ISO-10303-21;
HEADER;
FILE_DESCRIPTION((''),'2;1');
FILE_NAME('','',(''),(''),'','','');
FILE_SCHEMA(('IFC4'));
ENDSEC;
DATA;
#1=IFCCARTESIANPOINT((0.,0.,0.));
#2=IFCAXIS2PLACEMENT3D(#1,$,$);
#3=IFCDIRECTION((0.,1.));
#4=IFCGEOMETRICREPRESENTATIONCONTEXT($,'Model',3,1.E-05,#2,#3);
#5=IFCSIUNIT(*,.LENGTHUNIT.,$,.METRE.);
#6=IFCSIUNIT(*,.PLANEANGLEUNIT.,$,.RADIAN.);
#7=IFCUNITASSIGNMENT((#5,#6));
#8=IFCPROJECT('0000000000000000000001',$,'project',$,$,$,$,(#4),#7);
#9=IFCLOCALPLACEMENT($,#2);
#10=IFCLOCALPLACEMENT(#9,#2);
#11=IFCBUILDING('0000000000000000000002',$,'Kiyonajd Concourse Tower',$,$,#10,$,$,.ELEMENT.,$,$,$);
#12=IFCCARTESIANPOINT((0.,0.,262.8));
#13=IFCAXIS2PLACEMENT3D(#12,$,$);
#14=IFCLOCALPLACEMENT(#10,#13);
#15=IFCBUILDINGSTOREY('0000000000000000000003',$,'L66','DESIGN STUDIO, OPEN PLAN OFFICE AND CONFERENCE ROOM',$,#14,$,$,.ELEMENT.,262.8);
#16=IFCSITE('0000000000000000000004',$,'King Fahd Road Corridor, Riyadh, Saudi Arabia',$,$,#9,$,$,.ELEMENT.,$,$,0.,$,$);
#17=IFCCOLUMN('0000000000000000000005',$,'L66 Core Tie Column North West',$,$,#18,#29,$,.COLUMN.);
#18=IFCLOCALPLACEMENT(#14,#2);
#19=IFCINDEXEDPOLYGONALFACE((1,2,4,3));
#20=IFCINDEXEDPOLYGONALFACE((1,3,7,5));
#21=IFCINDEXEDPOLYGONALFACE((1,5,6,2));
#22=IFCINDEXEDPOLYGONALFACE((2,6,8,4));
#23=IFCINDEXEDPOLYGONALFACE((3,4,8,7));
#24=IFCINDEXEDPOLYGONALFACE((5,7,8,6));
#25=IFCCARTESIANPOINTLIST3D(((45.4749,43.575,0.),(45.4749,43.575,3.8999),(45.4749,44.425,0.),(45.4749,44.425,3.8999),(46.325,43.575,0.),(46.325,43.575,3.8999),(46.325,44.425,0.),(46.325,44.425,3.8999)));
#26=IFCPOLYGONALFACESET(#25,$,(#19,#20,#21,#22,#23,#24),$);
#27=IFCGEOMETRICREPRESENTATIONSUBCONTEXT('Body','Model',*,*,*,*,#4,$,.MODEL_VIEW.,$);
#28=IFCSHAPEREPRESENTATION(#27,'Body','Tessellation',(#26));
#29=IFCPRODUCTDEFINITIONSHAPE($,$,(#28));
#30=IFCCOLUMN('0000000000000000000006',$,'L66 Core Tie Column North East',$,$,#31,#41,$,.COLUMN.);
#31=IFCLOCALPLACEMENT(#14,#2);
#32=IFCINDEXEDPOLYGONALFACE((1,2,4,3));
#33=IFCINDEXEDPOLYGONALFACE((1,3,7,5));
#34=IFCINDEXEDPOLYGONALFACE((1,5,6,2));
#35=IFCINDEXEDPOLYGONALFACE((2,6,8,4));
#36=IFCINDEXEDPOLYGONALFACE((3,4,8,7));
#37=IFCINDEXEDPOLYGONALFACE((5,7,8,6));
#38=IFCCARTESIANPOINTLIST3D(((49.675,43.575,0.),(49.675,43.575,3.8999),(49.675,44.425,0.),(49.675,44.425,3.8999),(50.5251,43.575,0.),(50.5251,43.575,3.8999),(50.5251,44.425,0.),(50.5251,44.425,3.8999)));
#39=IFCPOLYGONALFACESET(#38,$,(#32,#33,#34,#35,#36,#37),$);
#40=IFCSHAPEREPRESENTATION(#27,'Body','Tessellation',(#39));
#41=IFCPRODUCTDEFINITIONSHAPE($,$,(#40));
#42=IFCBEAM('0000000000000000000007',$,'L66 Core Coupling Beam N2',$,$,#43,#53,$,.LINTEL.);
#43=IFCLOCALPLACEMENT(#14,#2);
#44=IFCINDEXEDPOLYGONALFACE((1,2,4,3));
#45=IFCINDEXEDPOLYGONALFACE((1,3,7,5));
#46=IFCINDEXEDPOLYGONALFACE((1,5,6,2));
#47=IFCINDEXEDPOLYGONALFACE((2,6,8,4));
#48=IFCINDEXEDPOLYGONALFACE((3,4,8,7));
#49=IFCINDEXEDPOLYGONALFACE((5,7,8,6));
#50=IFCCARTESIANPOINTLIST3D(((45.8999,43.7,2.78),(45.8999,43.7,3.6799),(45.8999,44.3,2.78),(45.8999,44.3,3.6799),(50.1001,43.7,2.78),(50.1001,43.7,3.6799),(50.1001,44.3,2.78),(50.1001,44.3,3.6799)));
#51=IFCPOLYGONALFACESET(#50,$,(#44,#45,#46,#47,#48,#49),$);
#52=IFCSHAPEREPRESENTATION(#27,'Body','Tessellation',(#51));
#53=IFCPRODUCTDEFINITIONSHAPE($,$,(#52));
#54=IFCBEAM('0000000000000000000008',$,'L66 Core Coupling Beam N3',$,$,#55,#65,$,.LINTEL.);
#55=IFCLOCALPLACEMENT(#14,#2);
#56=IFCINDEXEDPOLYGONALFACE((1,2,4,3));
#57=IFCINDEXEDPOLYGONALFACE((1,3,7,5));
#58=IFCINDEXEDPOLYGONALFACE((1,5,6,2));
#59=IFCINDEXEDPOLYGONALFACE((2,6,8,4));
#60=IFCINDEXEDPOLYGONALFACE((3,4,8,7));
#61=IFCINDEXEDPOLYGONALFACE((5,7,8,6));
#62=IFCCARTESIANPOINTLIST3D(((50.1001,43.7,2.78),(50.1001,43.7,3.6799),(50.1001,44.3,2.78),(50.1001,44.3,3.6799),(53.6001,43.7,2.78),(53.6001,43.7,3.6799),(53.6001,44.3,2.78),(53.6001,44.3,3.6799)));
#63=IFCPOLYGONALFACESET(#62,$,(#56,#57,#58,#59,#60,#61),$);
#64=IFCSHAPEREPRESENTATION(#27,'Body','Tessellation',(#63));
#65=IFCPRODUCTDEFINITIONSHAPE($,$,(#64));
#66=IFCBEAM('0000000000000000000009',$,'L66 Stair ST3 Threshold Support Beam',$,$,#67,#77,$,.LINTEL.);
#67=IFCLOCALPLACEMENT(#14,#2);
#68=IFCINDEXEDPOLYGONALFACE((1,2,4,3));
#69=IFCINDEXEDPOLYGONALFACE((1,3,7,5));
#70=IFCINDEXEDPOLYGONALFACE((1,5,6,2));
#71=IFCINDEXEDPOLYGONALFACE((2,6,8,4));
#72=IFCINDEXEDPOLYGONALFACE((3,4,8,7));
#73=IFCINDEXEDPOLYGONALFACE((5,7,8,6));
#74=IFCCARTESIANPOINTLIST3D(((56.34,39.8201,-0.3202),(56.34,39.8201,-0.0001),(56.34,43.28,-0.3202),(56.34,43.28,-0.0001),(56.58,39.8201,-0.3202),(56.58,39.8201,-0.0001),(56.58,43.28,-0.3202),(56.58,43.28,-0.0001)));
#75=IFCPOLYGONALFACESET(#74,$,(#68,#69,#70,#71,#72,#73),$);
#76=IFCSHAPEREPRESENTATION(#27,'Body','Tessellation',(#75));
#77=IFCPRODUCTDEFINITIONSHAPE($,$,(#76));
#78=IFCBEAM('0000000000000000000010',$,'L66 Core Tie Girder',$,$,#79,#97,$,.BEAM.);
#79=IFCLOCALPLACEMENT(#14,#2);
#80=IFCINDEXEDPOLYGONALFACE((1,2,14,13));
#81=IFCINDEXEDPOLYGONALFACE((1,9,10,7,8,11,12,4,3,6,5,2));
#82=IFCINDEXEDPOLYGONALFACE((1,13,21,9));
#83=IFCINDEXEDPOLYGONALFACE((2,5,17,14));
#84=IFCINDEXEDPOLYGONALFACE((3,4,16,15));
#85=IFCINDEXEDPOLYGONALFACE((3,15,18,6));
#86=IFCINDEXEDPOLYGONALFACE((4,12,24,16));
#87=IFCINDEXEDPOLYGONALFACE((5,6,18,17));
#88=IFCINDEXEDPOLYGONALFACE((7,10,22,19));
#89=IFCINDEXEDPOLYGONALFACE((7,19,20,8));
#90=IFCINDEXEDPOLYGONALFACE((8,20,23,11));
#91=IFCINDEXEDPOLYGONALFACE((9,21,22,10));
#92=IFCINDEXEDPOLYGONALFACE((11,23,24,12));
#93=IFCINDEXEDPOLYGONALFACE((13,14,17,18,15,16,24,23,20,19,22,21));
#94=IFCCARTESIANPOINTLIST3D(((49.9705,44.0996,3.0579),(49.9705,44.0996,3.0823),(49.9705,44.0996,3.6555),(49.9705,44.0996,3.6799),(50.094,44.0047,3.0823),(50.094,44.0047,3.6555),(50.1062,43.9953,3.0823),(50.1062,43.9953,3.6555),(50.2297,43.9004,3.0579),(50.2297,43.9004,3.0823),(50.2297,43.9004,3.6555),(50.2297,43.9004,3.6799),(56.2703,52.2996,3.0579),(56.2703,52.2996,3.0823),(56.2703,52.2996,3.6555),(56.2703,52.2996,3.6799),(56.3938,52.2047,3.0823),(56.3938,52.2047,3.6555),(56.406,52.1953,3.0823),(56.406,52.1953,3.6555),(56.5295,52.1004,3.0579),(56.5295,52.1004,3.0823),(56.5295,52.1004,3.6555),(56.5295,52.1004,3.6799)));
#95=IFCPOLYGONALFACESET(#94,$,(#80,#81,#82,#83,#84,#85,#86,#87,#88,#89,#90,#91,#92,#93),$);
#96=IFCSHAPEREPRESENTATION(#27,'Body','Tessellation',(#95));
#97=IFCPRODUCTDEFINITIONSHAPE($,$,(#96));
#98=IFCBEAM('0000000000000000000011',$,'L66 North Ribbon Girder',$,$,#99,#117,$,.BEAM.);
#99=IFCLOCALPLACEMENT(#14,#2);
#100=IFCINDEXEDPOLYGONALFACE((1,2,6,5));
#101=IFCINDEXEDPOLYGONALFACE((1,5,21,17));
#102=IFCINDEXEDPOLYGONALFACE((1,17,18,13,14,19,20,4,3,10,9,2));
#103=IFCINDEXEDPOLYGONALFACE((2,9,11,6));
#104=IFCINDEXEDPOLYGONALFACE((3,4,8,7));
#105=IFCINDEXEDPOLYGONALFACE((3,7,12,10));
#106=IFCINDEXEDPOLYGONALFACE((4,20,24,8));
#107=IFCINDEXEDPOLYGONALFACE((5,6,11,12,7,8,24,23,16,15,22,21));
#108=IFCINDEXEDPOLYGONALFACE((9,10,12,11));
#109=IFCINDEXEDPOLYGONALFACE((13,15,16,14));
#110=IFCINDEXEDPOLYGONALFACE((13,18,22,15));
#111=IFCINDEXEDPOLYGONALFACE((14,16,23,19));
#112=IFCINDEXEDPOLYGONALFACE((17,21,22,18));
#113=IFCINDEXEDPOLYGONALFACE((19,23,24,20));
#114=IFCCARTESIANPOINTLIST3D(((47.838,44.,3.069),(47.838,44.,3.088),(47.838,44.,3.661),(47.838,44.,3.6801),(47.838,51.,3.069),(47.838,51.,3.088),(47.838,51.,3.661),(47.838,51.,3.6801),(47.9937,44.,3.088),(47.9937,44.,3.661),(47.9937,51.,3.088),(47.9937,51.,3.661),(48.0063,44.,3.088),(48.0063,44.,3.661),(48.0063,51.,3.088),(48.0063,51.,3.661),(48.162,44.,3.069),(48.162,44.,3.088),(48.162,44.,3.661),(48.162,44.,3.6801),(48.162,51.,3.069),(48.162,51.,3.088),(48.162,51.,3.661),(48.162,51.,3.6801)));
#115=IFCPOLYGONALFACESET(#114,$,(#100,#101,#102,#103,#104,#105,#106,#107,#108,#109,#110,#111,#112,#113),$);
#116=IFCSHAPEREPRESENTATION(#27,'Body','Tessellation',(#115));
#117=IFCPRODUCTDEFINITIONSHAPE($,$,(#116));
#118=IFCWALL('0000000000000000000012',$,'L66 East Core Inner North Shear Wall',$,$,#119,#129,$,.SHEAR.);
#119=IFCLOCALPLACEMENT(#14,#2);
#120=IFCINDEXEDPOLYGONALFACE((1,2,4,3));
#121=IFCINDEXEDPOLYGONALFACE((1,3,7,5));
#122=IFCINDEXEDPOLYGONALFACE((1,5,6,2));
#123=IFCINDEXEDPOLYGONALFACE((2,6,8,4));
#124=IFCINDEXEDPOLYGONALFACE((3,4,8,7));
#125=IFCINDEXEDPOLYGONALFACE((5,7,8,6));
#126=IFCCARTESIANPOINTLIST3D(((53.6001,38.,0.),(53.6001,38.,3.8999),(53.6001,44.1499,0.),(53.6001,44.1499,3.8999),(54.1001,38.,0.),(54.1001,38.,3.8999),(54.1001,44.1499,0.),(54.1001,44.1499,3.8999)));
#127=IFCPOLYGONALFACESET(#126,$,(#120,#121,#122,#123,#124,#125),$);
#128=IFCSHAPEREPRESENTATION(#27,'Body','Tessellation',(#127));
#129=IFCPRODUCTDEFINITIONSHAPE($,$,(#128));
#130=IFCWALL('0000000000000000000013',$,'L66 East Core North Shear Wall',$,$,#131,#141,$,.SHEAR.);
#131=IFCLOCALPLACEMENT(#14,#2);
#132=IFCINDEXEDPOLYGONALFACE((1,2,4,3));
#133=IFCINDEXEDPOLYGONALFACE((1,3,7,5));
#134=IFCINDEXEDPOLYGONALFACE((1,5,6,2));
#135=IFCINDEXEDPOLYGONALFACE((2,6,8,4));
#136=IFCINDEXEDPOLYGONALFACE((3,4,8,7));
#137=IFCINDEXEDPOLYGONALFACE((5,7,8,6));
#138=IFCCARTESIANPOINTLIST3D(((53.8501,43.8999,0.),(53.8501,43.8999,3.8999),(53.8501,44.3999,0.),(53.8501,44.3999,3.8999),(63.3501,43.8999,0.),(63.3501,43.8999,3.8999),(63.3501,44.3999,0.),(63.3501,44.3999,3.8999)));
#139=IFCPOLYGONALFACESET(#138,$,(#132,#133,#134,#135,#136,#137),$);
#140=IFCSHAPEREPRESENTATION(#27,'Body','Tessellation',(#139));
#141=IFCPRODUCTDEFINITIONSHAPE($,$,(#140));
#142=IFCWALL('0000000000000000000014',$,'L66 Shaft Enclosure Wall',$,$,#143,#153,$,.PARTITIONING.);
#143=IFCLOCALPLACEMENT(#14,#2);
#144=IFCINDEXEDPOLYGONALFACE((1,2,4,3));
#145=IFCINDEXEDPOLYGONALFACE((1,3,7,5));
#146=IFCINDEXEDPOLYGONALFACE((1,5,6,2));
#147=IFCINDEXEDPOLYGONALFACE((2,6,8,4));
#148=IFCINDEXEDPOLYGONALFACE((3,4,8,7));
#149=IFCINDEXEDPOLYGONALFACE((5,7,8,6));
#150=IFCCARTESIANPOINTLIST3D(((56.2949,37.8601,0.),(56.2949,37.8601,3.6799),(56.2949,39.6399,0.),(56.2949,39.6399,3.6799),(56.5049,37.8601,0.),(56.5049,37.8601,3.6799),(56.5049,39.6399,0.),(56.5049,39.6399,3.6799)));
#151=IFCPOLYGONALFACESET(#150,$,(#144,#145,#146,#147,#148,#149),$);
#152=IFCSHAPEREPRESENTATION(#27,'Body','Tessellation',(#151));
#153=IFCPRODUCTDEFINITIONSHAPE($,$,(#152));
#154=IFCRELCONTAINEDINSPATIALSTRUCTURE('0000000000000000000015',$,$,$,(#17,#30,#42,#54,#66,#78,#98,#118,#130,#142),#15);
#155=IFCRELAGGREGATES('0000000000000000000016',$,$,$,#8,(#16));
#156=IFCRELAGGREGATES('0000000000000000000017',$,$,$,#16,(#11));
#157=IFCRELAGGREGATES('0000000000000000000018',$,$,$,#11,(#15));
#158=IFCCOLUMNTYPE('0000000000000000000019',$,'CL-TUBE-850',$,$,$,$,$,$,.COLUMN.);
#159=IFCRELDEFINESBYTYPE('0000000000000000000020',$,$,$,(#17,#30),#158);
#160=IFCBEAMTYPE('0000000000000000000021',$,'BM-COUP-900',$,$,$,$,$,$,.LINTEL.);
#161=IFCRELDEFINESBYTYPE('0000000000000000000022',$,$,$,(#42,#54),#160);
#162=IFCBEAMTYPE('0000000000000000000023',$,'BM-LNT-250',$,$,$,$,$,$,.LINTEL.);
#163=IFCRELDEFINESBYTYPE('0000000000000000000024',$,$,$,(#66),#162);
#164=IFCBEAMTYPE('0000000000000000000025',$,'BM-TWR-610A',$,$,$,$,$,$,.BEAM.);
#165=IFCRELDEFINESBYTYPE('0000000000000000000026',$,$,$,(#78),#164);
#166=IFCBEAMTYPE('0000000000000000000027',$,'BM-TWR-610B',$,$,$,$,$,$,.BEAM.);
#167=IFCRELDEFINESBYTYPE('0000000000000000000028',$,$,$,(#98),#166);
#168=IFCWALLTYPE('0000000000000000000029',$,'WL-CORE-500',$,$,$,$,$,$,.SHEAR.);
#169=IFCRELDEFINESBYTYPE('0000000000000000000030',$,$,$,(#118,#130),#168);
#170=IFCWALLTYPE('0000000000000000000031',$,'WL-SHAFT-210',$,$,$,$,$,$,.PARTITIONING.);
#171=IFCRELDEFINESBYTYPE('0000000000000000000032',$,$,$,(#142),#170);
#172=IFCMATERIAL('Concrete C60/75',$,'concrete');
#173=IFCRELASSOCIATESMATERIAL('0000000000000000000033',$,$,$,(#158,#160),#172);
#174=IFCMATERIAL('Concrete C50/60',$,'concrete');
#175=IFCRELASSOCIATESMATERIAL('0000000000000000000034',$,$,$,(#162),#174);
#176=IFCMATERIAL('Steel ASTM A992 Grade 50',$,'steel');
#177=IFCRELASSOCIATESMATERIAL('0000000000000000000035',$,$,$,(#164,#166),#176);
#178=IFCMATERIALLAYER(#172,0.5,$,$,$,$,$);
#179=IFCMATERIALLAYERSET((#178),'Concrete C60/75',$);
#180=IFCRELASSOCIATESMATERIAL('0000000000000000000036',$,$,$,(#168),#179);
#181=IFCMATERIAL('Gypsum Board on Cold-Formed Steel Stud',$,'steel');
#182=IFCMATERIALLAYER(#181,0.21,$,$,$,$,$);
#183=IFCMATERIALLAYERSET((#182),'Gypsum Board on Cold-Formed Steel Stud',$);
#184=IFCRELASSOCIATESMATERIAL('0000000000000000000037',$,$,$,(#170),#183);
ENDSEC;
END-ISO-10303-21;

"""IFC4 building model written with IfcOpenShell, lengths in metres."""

from ifc_helpers import new_model, si_unit, direction, frame, frame_2d, origin, origin_2d, place, context, subcontext, project, spatial, rectangle, i_section, extrude, material, layer, layer_set, material_profile, profile_set, type_object, element, save


model = new_model("IFC4")

# Units and contexts
model_context = context("Model", 3, precision=1e-05, world=origin(), true_north=direction((0.0, 1.0)))
body_context = subcontext(model_context, "Body", "Model", "MODEL_VIEW")
ifc_project = project(units=[si_unit("LENGTHUNIT", "METRE"), si_unit("PLANEANGLEUNIT", "RADIAN")], contexts=[model_context])

# Site, building, storey
site_placement = place(None, origin())
site = spatial("IfcSite", under=ifc_project, at=site_placement, Name="King Fahd Road Corridor, Riyadh, Saudi Arabia", CompositionType="ELEMENT", RefElevation=0.0)
building_placement = place(site_placement, origin())
building = spatial("IfcBuilding", under=site, at=building_placement, Name="Kiyonajd Concourse Tower", CompositionType="ELEMENT")
storey_placement = place(building_placement, frame((0.0, 0.0, 262.8)))
storey = spatial("IfcBuildingStorey", under=building, at=storey_placement, Name="L66", Description="DESIGN STUDIO, OPEN PLAN OFFICE AND CONFERENCE ROOM", CompositionType="ELEMENT", Elevation=262.8)

# Columns
ifc_material_1 = material(Name="Concrete C60/75", Category="concrete")
ifc_material_profile_1 = material_profile(ifc_material_1, rectangle(XDim=0.8501, YDim=0.8501, at=origin_2d()), Name="RC-850x850")
ifc_profile_set_1 = profile_set([ifc_material_profile_1], Name="Concrete C60/75")
column_type = type_object("IfcColumnType", Name="CL-TUBE-850", PredefinedType="COLUMN", material=ifc_profile_set_1)
for number, where, z_axis, x_axis, name in (
    (1, (45.8999, 44.0, 0.0), (0.0, 0.0, 1.0), (1.0, 0.0, 0.0), "L66 Core Tie Column North West"),
    (2, (50.1001, 44.0, 0.0), (0.0, 0.0, 1.0), (1.0, 0.0, 0.0), "L66 Core Tie Column North East"),
):
    element("IfcColumn", number, at=place(storey_placement, frame(where, z_axis=z_axis, x_axis=x_axis)), inside=storey, type_object=column_type, Name=name, PredefinedType="COLUMN", context=body_context, shape_type="SweptSolid", body=[
        extrude(rectangle(XDim=0.8501, YDim=0.8501, at=origin_2d()), origin(), (0.0, 0.0, 1.0), 3.8999),
    ])

# Beams
ifc_material_profile_2 = material_profile(ifc_material_1, rectangle(XDim=0.6001, YDim=0.8999, at=origin_2d()), Name="RCBM-600x900")
ifc_profile_set_2 = profile_set([ifc_material_profile_2], Name="Concrete C60/75")
beam_type_1 = type_object("IfcBeamType", Name="BM-COUP-900", PredefinedType="LINTEL", material=ifc_profile_set_2)
beam_1_placement = place(storey_placement, frame((45.8999, 44.0, 3.23), z_axis=(1.0, 0.0, 0.0), x_axis=(0.0, 1.0, 0.0)))
element("IfcBeam", 3, at=beam_1_placement, inside=storey, type_object=beam_type_1, Name="L66 Core Coupling Beam N2", PredefinedType="LINTEL", context=body_context, shape_type="SweptSolid", body=[
    extrude(rectangle(XDim=0.6001, YDim=0.8999, at=origin_2d()), origin(), (0.0, 0.0, 1.0), 4.2002),
])
beam_2_placement = place(storey_placement, frame((50.1001, 44.0, 3.23), z_axis=(1.0, 0.0, 0.0), x_axis=(0.0, 1.0, 0.0)))
element("IfcBeam", 4, at=beam_2_placement, inside=storey, type_object=beam_type_1, Name="L66 Core Coupling Beam N3", PredefinedType="LINTEL", context=body_context, shape_type="SweptSolid", body=[
    extrude(rectangle(XDim=0.6001, YDim=0.8999, at=origin_2d()), origin(), (0.0, 0.0, 1.0), 3.5),
])
ifc_material_2 = material(Name="Concrete C50/60", Category="concrete")
ifc_material_profile_3 = material_profile(ifc_material_2, rectangle(XDim=0.24, YDim=0.3201, at=origin_2d()), Name="RCBM-240x320")
ifc_profile_set_3 = profile_set([ifc_material_profile_3], Name="Concrete C50/60")
beam_type_2 = type_object("IfcBeamType", Name="BM-LNT-250", PredefinedType="LINTEL", material=ifc_profile_set_3)
beam_3_placement = place(storey_placement, frame((56.46, 39.8201, -0.1602), z_axis=(0.0, 1.0, 0.0), x_axis=(-1.0, 0.0, 0.0)))
element("IfcBeam", 5, at=beam_3_placement, inside=storey, type_object=beam_type_2, Name="L66 Stair ST3 Threshold Support Beam", PredefinedType="LINTEL", context=body_context, shape_type="SweptSolid", body=[
    extrude(rectangle(XDim=0.24, YDim=0.3201, at=origin_2d()), origin(), (0.0, 0.0, 1.0), 3.46),
])
ifc_material_3 = material(Name="Steel ASTM A992 Grade 50", Category="steel")
ifc_material_profile_4 = material_profile(ifc_material_3, i_section(OverallWidth=0.3269, OverallDepth=0.6221, WebThickness=0.0154, FlangeThickness=0.0244, at=origin_2d()), Name="W610X195")
ifc_profile_set_4 = profile_set([ifc_material_profile_4], Name="Steel ASTM A992 Grade 50")
beam_type_3 = type_object("IfcBeamType", Name="BM-TWR-610A", PredefinedType="BEAM", material=ifc_profile_set_4)
beam_4_placement = place(storey_placement, frame((50.1001, 44.0, 3.3689), z_axis=(0.609234, 0.792991, 0.0), x_axis=(-0.792991, 0.609234, 0.0)))
element("IfcBeam", 6, at=beam_4_placement, inside=storey, type_object=beam_type_3, Name="L66 Core Tie Girder", PredefinedType="BEAM", context=body_context, shape_type="SweptSolid", body=[
    extrude(i_section(OverallWidth=0.3269, OverallDepth=0.6221, WebThickness=0.0154, FlangeThickness=0.0244, at=origin_2d()), origin(), (0.0, 0.0, 1.0), 10.3406),
])
ifc_material_profile_5 = material_profile(ifc_material_3, i_section(OverallWidth=0.324, OverallDepth=0.6111, WebThickness=0.0127, FlangeThickness=0.019, at=origin_2d()), Name="W610X155")
ifc_profile_set_5 = profile_set([ifc_material_profile_5], Name="Steel ASTM A992 Grade 50")
beam_type_4 = type_object("IfcBeamType", Name="BM-TWR-610B", PredefinedType="BEAM", material=ifc_profile_set_5)
beam_5_placement = place(storey_placement, frame((48.0, 44.0, 3.3745), z_axis=(0.0, 1.0, 0.0), x_axis=(-1.0, 0.0, 0.0)))
element("IfcBeam", 7, at=beam_5_placement, inside=storey, type_object=beam_type_4, Name="L66 North Ribbon Girder", PredefinedType="BEAM", context=body_context, shape_type="SweptSolid", body=[
    extrude(i_section(OverallWidth=0.324, OverallDepth=0.6111, WebThickness=0.0127, FlangeThickness=0.019, at=origin_2d()), origin(), (0.0, 0.0, 1.0), 7.0),
])

# Walls
ifc_layer_1 = layer(ifc_material_1, 0.5)
ifc_layer_set_1 = layer_set([ifc_layer_1], Name="Concrete C60/75")
wall_type_1 = type_object("IfcWallType", Name="WL-CORE-500", PredefinedType="SHEAR", material=ifc_layer_set_1)
wall_1_placement = place(storey_placement, frame((53.8501, 38.0, 0.0), z_axis=(0.0, 0.0, 1.0), x_axis=(0.0, 1.0, 0.0)))
element("IfcWall", 8, at=wall_1_placement, inside=storey, type_object=wall_type_1, Name="L66 East Core Inner North Shear Wall", PredefinedType="SHEAR", context=body_context, shape_type="SweptSolid", body=[
    extrude(rectangle(XDim=6.1499, YDim=0.5, at=frame_2d((3.075, 0.0))), origin(), (0.0, 0.0, 1.0), 3.8999),
])
wall_2_placement = place(storey_placement, frame((53.8501, 44.1499, 0.0), z_axis=(0.0, 0.0, 1.0), x_axis=(1.0, 0.0, 0.0)))
element("IfcWall", 9, at=wall_2_placement, inside=storey, type_object=wall_type_1, Name="L66 East Core North Shear Wall", PredefinedType="SHEAR", context=body_context, shape_type="SweptSolid", body=[
    extrude(rectangle(XDim=9.5, YDim=0.5, at=frame_2d((4.75, 0.0))), origin(), (0.0, 0.0, 1.0), 3.8999),
])
ifc_material_4 = material(Name="Gypsum Board on Cold-Formed Steel Stud", Category="steel")
ifc_layer_2 = layer(ifc_material_4, 0.21)
ifc_layer_set_2 = layer_set([ifc_layer_2], Name="Gypsum Board on Cold-Formed Steel Stud")
wall_type_2 = type_object("IfcWallType", Name="WL-SHAFT-210", PredefinedType="PARTITIONING", material=ifc_layer_set_2)
wall_3_placement = place(storey_placement, frame((56.3999, 37.8601, 0.0), z_axis=(0.0, 0.0, 1.0), x_axis=(0.0, 1.0, 0.0)))
element("IfcWall", 10, at=wall_3_placement, inside=storey, type_object=wall_type_2, Name="L66 Shaft Enclosure Wall", PredefinedType="PARTITIONING", context=body_context, shape_type="SweptSolid", body=[
    extrude(rectangle(XDim=1.7798, YDim=0.21, at=frame_2d((0.8899, 0.0))), origin(), (0.0, 0.0, 1.0), 3.6799),
])

save(model, "model.ifc")
